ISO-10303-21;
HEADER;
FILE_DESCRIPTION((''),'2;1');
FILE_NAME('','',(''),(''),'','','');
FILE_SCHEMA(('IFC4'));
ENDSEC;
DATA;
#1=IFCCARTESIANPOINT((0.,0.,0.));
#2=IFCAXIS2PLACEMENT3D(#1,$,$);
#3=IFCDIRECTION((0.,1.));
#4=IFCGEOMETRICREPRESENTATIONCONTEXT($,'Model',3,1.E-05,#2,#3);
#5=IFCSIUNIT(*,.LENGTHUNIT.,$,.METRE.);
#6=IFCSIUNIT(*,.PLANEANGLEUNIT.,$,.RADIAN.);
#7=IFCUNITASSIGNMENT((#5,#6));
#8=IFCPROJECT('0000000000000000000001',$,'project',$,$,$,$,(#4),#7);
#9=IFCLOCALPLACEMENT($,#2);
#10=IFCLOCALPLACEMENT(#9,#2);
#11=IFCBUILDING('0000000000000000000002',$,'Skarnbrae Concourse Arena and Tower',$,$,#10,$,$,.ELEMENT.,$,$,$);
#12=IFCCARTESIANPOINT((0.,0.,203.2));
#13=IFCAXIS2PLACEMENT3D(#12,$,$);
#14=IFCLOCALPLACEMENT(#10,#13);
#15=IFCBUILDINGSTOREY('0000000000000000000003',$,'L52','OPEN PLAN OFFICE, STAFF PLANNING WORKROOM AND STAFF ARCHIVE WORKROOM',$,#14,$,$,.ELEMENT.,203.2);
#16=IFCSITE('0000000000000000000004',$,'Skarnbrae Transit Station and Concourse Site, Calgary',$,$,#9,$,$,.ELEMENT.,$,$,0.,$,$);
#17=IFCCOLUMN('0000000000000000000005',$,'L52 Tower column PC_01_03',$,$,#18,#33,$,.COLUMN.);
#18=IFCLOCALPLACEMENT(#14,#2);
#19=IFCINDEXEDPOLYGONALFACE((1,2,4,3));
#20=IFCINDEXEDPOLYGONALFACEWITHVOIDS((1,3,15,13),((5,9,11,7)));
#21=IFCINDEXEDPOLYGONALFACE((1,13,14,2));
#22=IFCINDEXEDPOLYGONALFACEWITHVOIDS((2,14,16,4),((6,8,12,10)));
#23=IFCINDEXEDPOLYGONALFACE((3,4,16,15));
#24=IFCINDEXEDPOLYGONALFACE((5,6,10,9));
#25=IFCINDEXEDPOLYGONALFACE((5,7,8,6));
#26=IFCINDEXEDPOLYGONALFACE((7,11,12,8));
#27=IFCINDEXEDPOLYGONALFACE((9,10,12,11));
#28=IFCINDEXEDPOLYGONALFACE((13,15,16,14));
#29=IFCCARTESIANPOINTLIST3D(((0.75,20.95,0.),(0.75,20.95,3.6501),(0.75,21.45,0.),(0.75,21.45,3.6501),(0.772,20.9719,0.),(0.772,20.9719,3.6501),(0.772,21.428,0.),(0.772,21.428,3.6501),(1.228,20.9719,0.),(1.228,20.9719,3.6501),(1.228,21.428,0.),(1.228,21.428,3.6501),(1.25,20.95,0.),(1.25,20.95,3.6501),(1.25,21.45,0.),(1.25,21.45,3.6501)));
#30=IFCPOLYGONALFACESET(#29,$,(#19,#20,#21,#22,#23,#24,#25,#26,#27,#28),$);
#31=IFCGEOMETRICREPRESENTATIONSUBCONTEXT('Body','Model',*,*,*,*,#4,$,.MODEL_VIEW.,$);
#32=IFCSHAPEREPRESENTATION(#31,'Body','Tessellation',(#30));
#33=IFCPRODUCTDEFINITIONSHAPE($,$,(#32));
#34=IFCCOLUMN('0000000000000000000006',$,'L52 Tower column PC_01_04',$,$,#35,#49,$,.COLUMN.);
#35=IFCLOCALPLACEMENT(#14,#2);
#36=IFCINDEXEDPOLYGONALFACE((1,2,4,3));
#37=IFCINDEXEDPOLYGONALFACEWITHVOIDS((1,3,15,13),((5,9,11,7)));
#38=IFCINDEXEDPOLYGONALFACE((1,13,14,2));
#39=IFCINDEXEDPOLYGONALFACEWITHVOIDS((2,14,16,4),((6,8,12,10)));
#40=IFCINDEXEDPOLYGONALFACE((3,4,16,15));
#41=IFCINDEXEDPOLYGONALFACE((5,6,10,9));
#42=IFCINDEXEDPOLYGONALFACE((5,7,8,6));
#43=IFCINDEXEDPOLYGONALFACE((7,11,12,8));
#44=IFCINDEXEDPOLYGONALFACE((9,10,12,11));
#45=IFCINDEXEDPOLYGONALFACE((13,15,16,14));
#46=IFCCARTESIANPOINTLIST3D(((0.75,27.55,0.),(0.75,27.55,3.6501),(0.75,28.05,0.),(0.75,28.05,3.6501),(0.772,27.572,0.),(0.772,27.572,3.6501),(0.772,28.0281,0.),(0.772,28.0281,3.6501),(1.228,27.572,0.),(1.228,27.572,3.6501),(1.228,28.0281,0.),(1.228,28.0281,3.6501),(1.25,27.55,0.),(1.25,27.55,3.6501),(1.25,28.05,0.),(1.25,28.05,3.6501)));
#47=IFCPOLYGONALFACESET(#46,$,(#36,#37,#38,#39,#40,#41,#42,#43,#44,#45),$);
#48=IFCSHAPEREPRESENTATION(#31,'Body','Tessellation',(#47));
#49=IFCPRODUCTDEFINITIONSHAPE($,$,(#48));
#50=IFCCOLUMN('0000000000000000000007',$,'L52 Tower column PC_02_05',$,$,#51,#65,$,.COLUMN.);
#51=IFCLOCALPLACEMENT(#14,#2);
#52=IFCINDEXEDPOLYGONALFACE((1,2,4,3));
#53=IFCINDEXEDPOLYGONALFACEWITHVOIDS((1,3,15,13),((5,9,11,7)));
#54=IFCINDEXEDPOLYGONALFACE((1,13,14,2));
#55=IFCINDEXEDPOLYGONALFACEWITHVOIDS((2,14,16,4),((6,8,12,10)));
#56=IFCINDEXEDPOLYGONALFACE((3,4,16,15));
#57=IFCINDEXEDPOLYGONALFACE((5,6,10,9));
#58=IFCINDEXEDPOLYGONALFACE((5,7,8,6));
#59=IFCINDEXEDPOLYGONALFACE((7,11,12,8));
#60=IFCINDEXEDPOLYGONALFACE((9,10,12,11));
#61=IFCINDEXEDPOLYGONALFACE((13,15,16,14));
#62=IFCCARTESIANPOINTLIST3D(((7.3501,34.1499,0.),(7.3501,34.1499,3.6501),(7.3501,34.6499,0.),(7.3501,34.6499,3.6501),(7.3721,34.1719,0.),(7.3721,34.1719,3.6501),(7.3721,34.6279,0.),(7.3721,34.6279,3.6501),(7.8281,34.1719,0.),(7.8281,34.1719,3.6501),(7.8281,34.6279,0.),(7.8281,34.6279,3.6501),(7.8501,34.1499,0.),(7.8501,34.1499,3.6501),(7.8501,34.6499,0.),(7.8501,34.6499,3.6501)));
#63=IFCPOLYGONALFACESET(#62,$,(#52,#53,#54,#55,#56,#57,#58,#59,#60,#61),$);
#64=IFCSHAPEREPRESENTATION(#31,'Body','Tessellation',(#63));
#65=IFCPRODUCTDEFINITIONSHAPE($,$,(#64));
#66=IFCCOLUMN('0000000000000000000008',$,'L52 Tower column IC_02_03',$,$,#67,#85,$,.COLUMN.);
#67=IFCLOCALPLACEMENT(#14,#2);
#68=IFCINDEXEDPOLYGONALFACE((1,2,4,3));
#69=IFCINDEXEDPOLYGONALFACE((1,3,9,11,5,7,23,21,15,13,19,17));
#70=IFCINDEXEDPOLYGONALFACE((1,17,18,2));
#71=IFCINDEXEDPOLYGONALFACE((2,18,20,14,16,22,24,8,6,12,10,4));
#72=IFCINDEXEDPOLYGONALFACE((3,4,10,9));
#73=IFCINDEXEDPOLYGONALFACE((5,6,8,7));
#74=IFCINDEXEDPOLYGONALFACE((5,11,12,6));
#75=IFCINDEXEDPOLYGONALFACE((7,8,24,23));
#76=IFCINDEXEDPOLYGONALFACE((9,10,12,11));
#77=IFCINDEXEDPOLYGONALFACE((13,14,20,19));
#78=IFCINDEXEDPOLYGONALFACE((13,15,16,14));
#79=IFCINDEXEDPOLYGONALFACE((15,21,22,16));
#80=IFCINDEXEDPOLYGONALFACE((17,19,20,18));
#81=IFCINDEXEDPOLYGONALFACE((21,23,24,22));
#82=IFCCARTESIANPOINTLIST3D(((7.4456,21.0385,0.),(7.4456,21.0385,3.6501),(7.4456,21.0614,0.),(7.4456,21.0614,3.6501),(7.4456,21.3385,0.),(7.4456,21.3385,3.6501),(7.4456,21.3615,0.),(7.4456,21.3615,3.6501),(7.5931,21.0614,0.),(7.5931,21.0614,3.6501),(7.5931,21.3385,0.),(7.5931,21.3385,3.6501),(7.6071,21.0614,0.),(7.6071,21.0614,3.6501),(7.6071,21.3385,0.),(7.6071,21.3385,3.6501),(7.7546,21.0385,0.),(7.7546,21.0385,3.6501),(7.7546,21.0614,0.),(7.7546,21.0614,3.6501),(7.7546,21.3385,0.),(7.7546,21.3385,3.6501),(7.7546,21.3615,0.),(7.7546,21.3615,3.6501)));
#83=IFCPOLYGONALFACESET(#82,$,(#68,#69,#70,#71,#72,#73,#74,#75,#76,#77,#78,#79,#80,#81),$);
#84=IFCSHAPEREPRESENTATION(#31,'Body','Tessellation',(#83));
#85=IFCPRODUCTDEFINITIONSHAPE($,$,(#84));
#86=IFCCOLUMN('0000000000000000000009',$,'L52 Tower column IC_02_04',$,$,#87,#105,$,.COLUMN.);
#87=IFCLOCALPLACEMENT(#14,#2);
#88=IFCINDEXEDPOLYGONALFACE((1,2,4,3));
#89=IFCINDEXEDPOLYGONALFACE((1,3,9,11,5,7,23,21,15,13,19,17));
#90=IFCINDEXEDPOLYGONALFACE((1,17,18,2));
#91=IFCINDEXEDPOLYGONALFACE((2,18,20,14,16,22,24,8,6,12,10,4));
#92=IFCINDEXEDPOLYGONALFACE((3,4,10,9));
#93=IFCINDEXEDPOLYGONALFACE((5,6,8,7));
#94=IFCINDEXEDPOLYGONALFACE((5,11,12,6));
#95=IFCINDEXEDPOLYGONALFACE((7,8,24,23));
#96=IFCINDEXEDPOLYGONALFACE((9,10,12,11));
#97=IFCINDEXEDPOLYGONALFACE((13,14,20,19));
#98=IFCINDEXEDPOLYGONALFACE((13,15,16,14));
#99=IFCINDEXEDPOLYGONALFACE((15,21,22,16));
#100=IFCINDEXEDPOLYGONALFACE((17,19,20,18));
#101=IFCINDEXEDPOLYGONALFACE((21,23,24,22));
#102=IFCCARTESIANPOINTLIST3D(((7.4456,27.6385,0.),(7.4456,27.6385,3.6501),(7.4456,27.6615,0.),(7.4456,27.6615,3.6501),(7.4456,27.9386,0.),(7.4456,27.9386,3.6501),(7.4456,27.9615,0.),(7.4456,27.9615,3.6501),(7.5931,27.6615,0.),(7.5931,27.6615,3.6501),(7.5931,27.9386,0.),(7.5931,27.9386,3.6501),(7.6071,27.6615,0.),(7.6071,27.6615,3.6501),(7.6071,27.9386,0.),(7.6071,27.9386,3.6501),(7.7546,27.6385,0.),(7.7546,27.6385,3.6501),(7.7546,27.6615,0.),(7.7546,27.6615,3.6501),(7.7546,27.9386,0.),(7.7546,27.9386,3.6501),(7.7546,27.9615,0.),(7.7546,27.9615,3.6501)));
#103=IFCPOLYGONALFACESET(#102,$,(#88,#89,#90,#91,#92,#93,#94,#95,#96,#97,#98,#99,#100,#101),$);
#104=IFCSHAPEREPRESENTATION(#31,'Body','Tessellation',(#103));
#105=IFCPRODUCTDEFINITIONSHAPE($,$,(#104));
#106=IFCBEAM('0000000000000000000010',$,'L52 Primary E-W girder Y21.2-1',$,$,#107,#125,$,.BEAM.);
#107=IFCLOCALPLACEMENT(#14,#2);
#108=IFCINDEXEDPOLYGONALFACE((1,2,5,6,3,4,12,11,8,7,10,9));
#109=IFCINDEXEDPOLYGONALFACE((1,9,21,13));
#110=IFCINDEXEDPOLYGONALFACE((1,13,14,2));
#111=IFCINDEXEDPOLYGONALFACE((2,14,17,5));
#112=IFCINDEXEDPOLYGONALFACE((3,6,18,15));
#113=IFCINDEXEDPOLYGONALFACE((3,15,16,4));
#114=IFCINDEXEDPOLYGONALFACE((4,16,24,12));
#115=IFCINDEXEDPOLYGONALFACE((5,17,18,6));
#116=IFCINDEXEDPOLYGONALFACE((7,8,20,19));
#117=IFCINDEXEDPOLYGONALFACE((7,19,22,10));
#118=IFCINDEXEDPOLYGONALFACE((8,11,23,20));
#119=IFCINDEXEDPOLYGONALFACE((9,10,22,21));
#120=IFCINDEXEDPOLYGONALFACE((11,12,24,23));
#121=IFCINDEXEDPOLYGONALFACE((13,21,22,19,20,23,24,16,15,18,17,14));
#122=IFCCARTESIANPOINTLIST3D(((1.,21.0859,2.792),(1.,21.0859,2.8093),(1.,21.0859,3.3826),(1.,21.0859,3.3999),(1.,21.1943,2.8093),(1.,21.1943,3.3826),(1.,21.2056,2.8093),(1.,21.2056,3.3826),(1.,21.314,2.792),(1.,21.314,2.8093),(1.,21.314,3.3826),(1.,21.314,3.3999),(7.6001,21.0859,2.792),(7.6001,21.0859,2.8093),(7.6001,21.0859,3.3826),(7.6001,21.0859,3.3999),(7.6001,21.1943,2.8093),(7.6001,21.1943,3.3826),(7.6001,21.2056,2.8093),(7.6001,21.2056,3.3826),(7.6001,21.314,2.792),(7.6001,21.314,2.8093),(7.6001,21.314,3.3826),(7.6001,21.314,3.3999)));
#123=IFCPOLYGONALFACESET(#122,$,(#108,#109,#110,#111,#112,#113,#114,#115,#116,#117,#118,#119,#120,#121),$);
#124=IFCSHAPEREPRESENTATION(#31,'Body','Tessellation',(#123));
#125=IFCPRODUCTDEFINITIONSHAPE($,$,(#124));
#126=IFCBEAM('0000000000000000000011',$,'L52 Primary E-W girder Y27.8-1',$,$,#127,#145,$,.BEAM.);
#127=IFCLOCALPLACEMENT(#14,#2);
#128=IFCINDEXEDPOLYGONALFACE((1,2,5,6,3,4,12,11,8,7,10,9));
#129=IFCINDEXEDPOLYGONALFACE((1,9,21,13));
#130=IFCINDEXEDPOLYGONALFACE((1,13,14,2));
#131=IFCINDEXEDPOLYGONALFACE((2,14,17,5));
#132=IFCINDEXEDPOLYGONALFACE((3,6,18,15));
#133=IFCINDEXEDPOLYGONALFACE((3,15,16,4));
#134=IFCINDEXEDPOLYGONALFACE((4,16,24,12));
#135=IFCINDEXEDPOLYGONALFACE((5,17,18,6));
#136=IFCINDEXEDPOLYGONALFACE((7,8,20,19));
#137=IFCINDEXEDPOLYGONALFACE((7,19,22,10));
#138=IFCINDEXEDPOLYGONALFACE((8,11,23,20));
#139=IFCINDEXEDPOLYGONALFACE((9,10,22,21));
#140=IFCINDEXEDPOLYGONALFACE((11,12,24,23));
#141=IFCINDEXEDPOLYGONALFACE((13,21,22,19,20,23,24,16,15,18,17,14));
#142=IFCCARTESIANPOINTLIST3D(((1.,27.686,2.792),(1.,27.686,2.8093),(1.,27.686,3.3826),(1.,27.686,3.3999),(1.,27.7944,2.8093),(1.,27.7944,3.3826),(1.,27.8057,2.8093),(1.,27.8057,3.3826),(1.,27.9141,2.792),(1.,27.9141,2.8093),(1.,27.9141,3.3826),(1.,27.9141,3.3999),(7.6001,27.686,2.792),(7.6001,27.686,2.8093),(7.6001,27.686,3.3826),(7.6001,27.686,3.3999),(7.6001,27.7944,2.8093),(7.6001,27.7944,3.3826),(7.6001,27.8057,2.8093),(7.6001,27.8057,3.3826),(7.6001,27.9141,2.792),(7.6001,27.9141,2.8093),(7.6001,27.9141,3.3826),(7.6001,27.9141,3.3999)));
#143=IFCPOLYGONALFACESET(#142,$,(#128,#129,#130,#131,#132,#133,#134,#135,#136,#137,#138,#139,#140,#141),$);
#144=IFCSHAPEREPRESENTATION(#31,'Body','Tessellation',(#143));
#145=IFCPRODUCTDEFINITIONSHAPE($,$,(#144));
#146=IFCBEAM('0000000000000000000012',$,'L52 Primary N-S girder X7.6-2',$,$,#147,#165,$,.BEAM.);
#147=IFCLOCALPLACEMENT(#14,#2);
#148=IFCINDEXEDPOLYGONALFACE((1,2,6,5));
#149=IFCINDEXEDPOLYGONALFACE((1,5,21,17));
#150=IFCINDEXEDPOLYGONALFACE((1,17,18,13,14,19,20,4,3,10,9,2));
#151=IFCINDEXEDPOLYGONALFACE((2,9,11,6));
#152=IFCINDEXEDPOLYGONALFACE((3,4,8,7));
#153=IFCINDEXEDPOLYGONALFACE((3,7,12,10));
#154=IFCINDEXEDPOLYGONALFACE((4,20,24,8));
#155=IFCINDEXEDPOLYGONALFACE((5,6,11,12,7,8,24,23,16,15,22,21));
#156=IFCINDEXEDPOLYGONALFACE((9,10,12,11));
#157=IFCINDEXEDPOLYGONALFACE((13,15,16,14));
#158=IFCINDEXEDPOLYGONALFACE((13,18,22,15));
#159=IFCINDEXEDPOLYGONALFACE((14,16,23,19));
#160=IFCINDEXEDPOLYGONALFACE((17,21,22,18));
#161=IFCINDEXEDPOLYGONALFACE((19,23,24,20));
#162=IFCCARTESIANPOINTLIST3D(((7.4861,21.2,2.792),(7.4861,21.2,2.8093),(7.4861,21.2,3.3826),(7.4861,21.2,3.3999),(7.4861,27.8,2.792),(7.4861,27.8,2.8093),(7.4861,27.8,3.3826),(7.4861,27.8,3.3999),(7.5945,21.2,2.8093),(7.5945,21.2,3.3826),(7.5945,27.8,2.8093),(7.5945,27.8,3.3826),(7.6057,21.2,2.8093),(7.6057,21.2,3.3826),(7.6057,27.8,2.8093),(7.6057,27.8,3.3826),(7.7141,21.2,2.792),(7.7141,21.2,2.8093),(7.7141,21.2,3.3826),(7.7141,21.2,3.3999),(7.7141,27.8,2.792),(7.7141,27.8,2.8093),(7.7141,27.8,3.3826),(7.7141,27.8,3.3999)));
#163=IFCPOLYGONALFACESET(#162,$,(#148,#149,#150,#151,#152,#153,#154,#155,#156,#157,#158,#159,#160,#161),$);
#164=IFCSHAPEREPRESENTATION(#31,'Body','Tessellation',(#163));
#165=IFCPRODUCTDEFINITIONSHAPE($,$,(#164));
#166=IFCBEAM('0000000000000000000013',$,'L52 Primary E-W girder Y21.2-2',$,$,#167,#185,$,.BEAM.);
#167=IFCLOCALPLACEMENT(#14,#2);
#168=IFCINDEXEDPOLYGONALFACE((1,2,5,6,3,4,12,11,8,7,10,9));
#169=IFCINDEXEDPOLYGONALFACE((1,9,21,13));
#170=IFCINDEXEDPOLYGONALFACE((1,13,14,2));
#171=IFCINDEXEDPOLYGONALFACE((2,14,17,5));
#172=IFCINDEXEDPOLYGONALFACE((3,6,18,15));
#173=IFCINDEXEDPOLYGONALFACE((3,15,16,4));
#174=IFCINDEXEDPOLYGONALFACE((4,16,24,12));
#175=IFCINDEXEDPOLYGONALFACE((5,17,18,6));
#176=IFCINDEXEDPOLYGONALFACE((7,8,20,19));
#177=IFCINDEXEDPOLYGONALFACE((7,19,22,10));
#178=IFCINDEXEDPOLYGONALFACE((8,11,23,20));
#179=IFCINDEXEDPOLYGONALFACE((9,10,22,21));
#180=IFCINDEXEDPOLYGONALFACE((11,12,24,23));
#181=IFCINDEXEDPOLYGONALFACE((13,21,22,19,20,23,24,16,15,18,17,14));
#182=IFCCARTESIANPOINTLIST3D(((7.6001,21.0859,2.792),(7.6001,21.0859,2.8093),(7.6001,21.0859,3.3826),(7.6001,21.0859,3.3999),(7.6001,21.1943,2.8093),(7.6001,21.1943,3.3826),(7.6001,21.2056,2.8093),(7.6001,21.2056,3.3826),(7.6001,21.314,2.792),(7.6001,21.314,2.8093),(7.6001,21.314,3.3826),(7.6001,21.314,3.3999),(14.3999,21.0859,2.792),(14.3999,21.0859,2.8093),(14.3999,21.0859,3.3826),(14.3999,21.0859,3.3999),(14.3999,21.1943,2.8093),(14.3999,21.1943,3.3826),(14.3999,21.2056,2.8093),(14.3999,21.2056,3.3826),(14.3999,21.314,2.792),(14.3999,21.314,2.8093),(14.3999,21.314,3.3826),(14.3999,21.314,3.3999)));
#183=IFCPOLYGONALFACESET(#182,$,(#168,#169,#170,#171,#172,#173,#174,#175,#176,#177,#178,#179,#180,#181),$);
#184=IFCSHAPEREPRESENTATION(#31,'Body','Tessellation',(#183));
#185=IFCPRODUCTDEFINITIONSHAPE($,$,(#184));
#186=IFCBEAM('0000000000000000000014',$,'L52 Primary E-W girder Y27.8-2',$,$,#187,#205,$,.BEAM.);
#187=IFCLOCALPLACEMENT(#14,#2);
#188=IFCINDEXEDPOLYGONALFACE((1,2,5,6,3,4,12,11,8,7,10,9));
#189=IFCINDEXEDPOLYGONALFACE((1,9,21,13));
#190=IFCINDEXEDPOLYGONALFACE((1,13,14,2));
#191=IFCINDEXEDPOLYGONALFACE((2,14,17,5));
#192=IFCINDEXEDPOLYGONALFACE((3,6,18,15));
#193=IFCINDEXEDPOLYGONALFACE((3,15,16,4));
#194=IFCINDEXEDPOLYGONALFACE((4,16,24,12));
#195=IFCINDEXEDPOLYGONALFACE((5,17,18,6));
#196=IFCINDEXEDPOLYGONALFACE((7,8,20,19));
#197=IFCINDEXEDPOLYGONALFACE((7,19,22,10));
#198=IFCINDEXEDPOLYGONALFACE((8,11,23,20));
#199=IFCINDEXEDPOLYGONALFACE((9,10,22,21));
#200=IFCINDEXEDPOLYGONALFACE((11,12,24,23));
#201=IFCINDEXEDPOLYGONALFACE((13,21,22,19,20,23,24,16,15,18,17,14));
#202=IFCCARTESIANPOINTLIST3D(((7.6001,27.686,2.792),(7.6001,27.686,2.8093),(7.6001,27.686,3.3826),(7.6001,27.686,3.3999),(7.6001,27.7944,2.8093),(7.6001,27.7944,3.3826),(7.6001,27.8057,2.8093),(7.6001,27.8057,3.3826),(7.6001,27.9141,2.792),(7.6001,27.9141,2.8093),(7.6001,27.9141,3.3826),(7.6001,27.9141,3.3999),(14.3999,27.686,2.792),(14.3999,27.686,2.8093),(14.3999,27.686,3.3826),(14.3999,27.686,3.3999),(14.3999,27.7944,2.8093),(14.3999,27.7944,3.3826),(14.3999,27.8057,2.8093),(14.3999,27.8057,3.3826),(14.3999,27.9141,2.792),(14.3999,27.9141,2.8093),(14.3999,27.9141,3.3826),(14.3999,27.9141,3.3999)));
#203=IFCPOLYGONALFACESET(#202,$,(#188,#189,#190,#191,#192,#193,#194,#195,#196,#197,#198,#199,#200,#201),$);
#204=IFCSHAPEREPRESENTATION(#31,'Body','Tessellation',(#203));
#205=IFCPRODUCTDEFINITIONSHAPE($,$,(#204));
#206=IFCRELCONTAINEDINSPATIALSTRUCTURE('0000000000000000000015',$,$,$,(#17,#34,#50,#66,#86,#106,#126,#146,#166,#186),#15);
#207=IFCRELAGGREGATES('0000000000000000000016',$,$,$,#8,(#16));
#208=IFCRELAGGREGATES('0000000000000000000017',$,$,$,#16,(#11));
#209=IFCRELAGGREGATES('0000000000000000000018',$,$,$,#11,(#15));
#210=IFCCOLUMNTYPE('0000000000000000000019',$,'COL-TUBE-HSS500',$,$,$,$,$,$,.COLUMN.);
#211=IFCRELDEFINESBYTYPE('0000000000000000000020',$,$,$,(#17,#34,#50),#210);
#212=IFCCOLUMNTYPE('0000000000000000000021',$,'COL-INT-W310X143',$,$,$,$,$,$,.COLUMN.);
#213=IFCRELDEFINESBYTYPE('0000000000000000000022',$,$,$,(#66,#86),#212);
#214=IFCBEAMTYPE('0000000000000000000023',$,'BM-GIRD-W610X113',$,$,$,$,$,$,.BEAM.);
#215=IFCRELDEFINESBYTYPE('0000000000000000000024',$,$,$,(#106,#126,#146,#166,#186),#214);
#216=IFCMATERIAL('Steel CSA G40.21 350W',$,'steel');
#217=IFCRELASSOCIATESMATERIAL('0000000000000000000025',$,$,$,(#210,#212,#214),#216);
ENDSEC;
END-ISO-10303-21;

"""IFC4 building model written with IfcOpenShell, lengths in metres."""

from ifc_helpers import new_model, si_unit, direction, frame, origin, origin_2d, place, context, subcontext, project, spatial, hollow_rectangle, i_section, extrude, source, transform, mapped, material, material_profile, profile_set, type_object, element, save


model = new_model("IFC4")

# Units and contexts
model_context = context("Model", 3, precision=1e-05, world=origin(), true_north=direction((0.0, 1.0)))
body_context = subcontext(model_context, "Body", "Model", "MODEL_VIEW")
ifc_project = project(units=[si_unit("LENGTHUNIT", "METRE"), si_unit("PLANEANGLEUNIT", "RADIAN")], contexts=[model_context])

# Site, building, storey
site_placement = place(None, origin())
site = spatial("IfcSite", under=ifc_project, at=site_placement, Name="Skarnbrae Transit Station and Concourse Site, Calgary", CompositionType="ELEMENT", RefElevation=0.0)
building_placement = place(site_placement, origin())
building = spatial("IfcBuilding", under=site, at=building_placement, Name="Skarnbrae Concourse Arena and Tower", CompositionType="ELEMENT")
storey_placement = place(building_placement, frame((0.0, 0.0, 203.2)))
storey = spatial("IfcBuildingStorey", under=building, at=storey_placement, Name="L52", Description="OPEN PLAN OFFICE, STAFF PLANNING WORKROOM AND STAFF ARCHIVE WORKROOM", CompositionType="ELEMENT", Elevation=203.2)

# Columns
ifc_material_1 = material(Name="Steel CSA G40.21 350W", Category="steel")
ifc_material_profile_1 = material_profile(ifc_material_1, hollow_rectangle(XDim=0.5, YDim=0.5, WallThickness=0.022, at=origin_2d()), Name="HSS500X500X22.0")
ifc_profile_set_1 = profile_set([ifc_material_profile_1], Name="Steel CSA G40.21 350W")
column_type_1 = type_object("IfcColumnType", Name="COL-TUBE-HSS500", PredefinedType="COLUMN", material=ifc_profile_set_1)
shared_shape_1 = source(origin(), body_context, "Body", "SweptSolid", [
    extrude(hollow_rectangle(XDim=0.5, YDim=0.5, WallThickness=0.022, at=origin_2d()), origin(), (0.0, 0.0, 1.0), 3.6501),
])
for number, where, z_axis, x_axis, name in (
    (1, (1.0, 21.2, 0.0), (0.0, 0.0, 1.0), (1.0, 0.0, 0.0), "L52 Tower column PC_01_03"),
    (2, (1.0, 27.8, 0.0), (0.0, 0.0, 1.0), (1.0, 0.0, 0.0), "L52 Tower column PC_01_04"),
    (3, (7.6001, 34.3999, 0.0), (0.0, 0.0, 1.0), (1.0, 0.0, 0.0), "L52 Tower column PC_02_05"),
):
    element("IfcColumn", number, at=place(storey_placement, frame(where, z_axis=z_axis, x_axis=x_axis)), inside=storey, type_object=column_type_1, Name=name, PredefinedType="COLUMN", context=body_context, shape_type="MappedRepresentation", body=[
        mapped(shared_shape_1, transform((0.0, 0.0, 0.0))),
    ])
ifc_material_profile_2 = material_profile(ifc_material_1, i_section(OverallWidth=0.3091, OverallDepth=0.323, WebThickness=0.0139, FlangeThickness=0.0229, at=origin_2d()), Name="W310X143")
ifc_profile_set_2 = profile_set([ifc_material_profile_2], Name="Steel CSA G40.21 350W")
column_type_2 = type_object("IfcColumnType", Name="COL-INT-W310X143", PredefinedType="COLUMN", material=ifc_profile_set_2)
shared_shape_2 = source(origin(), body_context, "Body", "SweptSolid", [
    extrude(i_section(OverallWidth=0.3091, OverallDepth=0.323, WebThickness=0.0139, FlangeThickness=0.0229, at=origin_2d()), origin(), (0.0, 0.0, 1.0), 3.6501),
])
for number, where, z_axis, x_axis, name in (
    (4, (7.6001, 21.2, 0.0), (0.0, 0.0, 1.0), (1.0, 0.0, 0.0), "L52 Tower column IC_02_03"),
    (5, (7.6001, 27.8, 0.0), (0.0, 0.0, 1.0), (1.0, 0.0, 0.0), "L52 Tower column IC_02_04"),
):
    element("IfcColumn", number, at=place(storey_placement, frame(where, z_axis=z_axis, x_axis=x_axis)), inside=storey, type_object=column_type_2, Name=name, PredefinedType="COLUMN", context=body_context, shape_type="MappedRepresentation", body=[
        mapped(shared_shape_2, transform((0.0, 0.0, 0.0))),
    ])

# Beams
ifc_material_profile_3 = material_profile(ifc_material_1, i_section(OverallWidth=0.228, OverallDepth=0.6079, WebThickness=0.0112, FlangeThickness=0.0173, at=origin_2d()), Name="W610X113")
ifc_profile_set_3 = profile_set([ifc_material_profile_3], Name="Steel CSA G40.21 350W")
beam_type_1 = type_object("IfcBeamType", Name="BM-GIRD-W610X113", PredefinedType="BEAM", material=ifc_profile_set_3)
shared_shape_3 = source(origin(), body_context, "Body", "SweptSolid", [
    extrude(i_section(OverallWidth=0.228, OverallDepth=0.6079, WebThickness=0.0112, FlangeThickness=0.0173, at=origin_2d()), origin(), (0.0, 0.0, 1.0), 6.6001),
])
for number, where, z_axis, x_axis, name in (
    (6, (1.0, 21.2, 3.0959), (1.0, 0.0, 0.0), (0.0, 1.0, 0.0), "L52 Primary E-W girder Y21.2-1"),
    (7, (1.0, 27.8, 3.0959), (1.0, 0.0, 0.0), (0.0, 1.0, 0.0), "L52 Primary E-W girder Y27.8-1"),
    (8, (7.6001, 21.2, 3.0959), (0.0, 1.0, 0.0), (-1.0, 0.0, 0.0), "L52 Primary N-S girder X7.6-2"),
):
    element("IfcBeam", number, at=place(storey_placement, frame(where, z_axis=z_axis, x_axis=x_axis)), inside=storey, type_object=beam_type_1, Name=name, PredefinedType="BEAM", context=body_context, shape_type="MappedRepresentation", body=[
        mapped(shared_shape_3, transform((0.0, 0.0, 0.0))),
    ])
shared_shape_4 = source(origin(), body_context, "Body", "SweptSolid", [
    extrude(i_section(OverallWidth=0.228, OverallDepth=0.6079, WebThickness=0.0112, FlangeThickness=0.0173, at=origin_2d()), origin(), (0.0, 0.0, 1.0), 6.7998),
])
for number, where, z_axis, x_axis, name in (
    (9, (7.6001, 21.2, 3.0959), (1.0, 0.0, 0.0), (0.0, 1.0, 0.0), "L52 Primary E-W girder Y21.2-2"),
    (10, (7.6001, 27.8, 3.0959), (1.0, 0.0, 0.0), (0.0, 1.0, 0.0), "L52 Primary E-W girder Y27.8-2"),
):
    element("IfcBeam", number, at=place(storey_placement, frame(where, z_axis=z_axis, x_axis=x_axis)), inside=storey, type_object=beam_type_1, Name=name, PredefinedType="BEAM", context=body_context, shape_type="MappedRepresentation", body=[
        mapped(shared_shape_4, transform((0.0, 0.0, 0.0))),
    ])

save(model, "model.ifc")
